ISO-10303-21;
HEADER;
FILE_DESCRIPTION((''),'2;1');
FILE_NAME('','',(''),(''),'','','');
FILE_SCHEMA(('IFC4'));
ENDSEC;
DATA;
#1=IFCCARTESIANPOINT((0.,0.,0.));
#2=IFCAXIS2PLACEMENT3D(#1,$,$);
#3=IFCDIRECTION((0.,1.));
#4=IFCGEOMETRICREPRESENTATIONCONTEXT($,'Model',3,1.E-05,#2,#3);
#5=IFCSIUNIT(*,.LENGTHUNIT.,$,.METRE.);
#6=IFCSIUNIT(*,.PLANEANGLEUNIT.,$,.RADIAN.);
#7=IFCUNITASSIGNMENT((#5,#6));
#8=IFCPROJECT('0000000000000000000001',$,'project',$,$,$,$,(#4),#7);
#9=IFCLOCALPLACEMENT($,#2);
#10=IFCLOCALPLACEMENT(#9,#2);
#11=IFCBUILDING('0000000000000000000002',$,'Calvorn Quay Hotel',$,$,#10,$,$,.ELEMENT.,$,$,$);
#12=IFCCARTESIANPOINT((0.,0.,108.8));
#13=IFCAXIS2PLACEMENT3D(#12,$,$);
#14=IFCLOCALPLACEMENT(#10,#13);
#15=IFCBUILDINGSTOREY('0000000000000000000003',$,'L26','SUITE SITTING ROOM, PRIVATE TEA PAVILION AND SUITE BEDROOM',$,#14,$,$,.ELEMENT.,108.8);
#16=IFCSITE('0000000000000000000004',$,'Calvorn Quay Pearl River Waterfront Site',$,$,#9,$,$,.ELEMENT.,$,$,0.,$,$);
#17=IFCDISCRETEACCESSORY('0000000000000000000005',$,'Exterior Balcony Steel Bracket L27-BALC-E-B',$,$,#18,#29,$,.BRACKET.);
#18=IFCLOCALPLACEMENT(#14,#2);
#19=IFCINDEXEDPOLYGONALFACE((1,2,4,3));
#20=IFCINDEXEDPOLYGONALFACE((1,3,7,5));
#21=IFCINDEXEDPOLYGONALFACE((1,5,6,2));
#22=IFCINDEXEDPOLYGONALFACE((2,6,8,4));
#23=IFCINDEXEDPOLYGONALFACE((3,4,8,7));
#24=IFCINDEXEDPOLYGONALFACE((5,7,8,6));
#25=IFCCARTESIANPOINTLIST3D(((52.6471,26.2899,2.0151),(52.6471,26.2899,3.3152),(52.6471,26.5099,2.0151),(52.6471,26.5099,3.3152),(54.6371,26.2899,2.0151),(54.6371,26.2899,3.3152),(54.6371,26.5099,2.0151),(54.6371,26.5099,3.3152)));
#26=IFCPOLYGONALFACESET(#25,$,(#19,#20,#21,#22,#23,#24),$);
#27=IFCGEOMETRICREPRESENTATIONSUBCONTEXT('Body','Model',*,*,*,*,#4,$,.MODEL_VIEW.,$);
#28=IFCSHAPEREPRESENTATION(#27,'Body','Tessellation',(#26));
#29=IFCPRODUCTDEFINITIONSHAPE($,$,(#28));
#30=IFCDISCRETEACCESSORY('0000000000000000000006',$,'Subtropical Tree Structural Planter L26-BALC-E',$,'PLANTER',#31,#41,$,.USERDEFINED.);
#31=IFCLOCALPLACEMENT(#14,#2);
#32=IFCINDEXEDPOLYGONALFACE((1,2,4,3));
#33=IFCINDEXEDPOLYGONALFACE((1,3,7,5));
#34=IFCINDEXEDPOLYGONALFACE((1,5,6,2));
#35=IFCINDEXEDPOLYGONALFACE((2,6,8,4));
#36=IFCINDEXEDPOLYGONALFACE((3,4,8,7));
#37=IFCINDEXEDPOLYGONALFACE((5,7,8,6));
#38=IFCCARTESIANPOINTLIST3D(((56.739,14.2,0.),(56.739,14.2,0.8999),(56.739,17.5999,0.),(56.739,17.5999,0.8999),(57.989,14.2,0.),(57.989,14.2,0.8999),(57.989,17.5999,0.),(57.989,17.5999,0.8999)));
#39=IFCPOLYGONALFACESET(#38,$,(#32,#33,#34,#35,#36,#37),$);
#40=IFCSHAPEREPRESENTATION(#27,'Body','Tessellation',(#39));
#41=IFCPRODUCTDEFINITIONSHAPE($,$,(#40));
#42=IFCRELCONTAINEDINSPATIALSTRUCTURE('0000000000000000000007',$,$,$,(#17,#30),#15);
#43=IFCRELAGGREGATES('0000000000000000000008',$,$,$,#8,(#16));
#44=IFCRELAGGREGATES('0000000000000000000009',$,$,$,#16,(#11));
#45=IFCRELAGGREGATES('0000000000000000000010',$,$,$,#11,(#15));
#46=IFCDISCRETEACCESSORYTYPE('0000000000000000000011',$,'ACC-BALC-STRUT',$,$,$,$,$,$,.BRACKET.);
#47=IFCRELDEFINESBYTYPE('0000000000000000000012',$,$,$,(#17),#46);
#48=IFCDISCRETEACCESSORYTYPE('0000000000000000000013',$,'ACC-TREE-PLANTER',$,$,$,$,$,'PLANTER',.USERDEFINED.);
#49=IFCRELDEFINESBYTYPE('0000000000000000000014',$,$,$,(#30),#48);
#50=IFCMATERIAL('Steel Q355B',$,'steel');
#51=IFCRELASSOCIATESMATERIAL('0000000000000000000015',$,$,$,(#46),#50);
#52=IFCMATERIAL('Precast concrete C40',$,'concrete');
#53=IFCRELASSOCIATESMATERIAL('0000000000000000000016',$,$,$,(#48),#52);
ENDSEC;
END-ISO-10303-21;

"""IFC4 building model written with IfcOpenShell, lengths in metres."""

from ifc_helpers import new_model, si_unit, direction, frame, origin, origin_2d, place, context, subcontext, project, spatial, rectangle, extrude, material, type_object, element, save


model = new_model("IFC4")

# Units and contexts
model_context = context("Model", 3, precision=1e-05, world=origin(), true_north=direction((0.0, 1.0)))
body_context = subcontext(model_context, "Body", "Model", "MODEL_VIEW")
ifc_project = project(units=[si_unit("LENGTHUNIT", "METRE"), si_unit("PLANEANGLEUNIT", "RADIAN")], contexts=[model_context])

# Site, building, storey
site_placement = place(None, origin())
site = spatial("IfcSite", under=ifc_project, at=site_placement, Name="Calvorn Quay Pearl River Waterfront Site", CompositionType="ELEMENT", RefElevation=0.0)
building_placement = place(site_placement, origin())
building = spatial("IfcBuilding", under=site, at=building_placement, Name="Calvorn Quay Hotel", CompositionType="ELEMENT")
storey_placement = place(building_placement, frame((0.0, 0.0, 108.8)))
storey = spatial("IfcBuildingStorey", under=building, at=storey_placement, Name="L26", Description="SUITE SITTING ROOM, PRIVATE TEA PAVILION AND SUITE BEDROOM", CompositionType="ELEMENT", Elevation=108.8)

# Discrete accessories
ifc_material_1 = material(Name="Steel Q355B", Category="steel")
discrete_accessory_type_1 = type_object("IfcDiscreteAccessoryType", Name="ACC-BALC-STRUT", PredefinedType="BRACKET", material=ifc_material_1)
for number, where, z_axis, x_axis, name in (
    (1, (53.6421, 26.3999, 2.0151), (0.0, 0.0, 1.0), (1.0, 0.0, 0.0), "Exterior Balcony Steel Bracket L27-BALC-E-B"),
):
    element("IfcDiscreteAccessory", number, at=place(storey_placement, frame(where, z_axis=z_axis, x_axis=x_axis)), inside=storey, type_object=discrete_accessory_type_1, Name=name, PredefinedType="BRACKET", context=body_context, shape_type="SweptSolid", body=[
        extrude(rectangle(XDim=1.99, YDim=0.22, at=origin_2d()), origin(), (0.0, 0.0, 1.0), 1.3),
    ])
ifc_material_2 = material(Name="Precast concrete C40", Category="concrete")
discrete_accessory_type_2 = type_object("IfcDiscreteAccessoryType", Name="ACC-TREE-PLANTER", ElementType="PLANTER", PredefinedType="USERDEFINED", material=ifc_material_2)
discrete_accessory_placement = place(storey_placement, frame((57.364, 15.8999, 0.0), z_axis=(0.0, 0.0, 1.0), x_axis=(1.0, 0.0, 0.0)))
element("IfcDiscreteAccessory", 2, at=discrete_accessory_placement, inside=storey, type_object=discrete_accessory_type_2, Name="Subtropical Tree Structural Planter L26-BALC-E", ObjectType="PLANTER", PredefinedType="USERDEFINED", context=body_context, shape_type="SweptSolid", body=[
    extrude(rectangle(XDim=1.25, YDim=3.3999, at=origin_2d()), origin(), (0.0, 0.0, 1.0), 0.8999),
])

save(model, "model.ifc")
